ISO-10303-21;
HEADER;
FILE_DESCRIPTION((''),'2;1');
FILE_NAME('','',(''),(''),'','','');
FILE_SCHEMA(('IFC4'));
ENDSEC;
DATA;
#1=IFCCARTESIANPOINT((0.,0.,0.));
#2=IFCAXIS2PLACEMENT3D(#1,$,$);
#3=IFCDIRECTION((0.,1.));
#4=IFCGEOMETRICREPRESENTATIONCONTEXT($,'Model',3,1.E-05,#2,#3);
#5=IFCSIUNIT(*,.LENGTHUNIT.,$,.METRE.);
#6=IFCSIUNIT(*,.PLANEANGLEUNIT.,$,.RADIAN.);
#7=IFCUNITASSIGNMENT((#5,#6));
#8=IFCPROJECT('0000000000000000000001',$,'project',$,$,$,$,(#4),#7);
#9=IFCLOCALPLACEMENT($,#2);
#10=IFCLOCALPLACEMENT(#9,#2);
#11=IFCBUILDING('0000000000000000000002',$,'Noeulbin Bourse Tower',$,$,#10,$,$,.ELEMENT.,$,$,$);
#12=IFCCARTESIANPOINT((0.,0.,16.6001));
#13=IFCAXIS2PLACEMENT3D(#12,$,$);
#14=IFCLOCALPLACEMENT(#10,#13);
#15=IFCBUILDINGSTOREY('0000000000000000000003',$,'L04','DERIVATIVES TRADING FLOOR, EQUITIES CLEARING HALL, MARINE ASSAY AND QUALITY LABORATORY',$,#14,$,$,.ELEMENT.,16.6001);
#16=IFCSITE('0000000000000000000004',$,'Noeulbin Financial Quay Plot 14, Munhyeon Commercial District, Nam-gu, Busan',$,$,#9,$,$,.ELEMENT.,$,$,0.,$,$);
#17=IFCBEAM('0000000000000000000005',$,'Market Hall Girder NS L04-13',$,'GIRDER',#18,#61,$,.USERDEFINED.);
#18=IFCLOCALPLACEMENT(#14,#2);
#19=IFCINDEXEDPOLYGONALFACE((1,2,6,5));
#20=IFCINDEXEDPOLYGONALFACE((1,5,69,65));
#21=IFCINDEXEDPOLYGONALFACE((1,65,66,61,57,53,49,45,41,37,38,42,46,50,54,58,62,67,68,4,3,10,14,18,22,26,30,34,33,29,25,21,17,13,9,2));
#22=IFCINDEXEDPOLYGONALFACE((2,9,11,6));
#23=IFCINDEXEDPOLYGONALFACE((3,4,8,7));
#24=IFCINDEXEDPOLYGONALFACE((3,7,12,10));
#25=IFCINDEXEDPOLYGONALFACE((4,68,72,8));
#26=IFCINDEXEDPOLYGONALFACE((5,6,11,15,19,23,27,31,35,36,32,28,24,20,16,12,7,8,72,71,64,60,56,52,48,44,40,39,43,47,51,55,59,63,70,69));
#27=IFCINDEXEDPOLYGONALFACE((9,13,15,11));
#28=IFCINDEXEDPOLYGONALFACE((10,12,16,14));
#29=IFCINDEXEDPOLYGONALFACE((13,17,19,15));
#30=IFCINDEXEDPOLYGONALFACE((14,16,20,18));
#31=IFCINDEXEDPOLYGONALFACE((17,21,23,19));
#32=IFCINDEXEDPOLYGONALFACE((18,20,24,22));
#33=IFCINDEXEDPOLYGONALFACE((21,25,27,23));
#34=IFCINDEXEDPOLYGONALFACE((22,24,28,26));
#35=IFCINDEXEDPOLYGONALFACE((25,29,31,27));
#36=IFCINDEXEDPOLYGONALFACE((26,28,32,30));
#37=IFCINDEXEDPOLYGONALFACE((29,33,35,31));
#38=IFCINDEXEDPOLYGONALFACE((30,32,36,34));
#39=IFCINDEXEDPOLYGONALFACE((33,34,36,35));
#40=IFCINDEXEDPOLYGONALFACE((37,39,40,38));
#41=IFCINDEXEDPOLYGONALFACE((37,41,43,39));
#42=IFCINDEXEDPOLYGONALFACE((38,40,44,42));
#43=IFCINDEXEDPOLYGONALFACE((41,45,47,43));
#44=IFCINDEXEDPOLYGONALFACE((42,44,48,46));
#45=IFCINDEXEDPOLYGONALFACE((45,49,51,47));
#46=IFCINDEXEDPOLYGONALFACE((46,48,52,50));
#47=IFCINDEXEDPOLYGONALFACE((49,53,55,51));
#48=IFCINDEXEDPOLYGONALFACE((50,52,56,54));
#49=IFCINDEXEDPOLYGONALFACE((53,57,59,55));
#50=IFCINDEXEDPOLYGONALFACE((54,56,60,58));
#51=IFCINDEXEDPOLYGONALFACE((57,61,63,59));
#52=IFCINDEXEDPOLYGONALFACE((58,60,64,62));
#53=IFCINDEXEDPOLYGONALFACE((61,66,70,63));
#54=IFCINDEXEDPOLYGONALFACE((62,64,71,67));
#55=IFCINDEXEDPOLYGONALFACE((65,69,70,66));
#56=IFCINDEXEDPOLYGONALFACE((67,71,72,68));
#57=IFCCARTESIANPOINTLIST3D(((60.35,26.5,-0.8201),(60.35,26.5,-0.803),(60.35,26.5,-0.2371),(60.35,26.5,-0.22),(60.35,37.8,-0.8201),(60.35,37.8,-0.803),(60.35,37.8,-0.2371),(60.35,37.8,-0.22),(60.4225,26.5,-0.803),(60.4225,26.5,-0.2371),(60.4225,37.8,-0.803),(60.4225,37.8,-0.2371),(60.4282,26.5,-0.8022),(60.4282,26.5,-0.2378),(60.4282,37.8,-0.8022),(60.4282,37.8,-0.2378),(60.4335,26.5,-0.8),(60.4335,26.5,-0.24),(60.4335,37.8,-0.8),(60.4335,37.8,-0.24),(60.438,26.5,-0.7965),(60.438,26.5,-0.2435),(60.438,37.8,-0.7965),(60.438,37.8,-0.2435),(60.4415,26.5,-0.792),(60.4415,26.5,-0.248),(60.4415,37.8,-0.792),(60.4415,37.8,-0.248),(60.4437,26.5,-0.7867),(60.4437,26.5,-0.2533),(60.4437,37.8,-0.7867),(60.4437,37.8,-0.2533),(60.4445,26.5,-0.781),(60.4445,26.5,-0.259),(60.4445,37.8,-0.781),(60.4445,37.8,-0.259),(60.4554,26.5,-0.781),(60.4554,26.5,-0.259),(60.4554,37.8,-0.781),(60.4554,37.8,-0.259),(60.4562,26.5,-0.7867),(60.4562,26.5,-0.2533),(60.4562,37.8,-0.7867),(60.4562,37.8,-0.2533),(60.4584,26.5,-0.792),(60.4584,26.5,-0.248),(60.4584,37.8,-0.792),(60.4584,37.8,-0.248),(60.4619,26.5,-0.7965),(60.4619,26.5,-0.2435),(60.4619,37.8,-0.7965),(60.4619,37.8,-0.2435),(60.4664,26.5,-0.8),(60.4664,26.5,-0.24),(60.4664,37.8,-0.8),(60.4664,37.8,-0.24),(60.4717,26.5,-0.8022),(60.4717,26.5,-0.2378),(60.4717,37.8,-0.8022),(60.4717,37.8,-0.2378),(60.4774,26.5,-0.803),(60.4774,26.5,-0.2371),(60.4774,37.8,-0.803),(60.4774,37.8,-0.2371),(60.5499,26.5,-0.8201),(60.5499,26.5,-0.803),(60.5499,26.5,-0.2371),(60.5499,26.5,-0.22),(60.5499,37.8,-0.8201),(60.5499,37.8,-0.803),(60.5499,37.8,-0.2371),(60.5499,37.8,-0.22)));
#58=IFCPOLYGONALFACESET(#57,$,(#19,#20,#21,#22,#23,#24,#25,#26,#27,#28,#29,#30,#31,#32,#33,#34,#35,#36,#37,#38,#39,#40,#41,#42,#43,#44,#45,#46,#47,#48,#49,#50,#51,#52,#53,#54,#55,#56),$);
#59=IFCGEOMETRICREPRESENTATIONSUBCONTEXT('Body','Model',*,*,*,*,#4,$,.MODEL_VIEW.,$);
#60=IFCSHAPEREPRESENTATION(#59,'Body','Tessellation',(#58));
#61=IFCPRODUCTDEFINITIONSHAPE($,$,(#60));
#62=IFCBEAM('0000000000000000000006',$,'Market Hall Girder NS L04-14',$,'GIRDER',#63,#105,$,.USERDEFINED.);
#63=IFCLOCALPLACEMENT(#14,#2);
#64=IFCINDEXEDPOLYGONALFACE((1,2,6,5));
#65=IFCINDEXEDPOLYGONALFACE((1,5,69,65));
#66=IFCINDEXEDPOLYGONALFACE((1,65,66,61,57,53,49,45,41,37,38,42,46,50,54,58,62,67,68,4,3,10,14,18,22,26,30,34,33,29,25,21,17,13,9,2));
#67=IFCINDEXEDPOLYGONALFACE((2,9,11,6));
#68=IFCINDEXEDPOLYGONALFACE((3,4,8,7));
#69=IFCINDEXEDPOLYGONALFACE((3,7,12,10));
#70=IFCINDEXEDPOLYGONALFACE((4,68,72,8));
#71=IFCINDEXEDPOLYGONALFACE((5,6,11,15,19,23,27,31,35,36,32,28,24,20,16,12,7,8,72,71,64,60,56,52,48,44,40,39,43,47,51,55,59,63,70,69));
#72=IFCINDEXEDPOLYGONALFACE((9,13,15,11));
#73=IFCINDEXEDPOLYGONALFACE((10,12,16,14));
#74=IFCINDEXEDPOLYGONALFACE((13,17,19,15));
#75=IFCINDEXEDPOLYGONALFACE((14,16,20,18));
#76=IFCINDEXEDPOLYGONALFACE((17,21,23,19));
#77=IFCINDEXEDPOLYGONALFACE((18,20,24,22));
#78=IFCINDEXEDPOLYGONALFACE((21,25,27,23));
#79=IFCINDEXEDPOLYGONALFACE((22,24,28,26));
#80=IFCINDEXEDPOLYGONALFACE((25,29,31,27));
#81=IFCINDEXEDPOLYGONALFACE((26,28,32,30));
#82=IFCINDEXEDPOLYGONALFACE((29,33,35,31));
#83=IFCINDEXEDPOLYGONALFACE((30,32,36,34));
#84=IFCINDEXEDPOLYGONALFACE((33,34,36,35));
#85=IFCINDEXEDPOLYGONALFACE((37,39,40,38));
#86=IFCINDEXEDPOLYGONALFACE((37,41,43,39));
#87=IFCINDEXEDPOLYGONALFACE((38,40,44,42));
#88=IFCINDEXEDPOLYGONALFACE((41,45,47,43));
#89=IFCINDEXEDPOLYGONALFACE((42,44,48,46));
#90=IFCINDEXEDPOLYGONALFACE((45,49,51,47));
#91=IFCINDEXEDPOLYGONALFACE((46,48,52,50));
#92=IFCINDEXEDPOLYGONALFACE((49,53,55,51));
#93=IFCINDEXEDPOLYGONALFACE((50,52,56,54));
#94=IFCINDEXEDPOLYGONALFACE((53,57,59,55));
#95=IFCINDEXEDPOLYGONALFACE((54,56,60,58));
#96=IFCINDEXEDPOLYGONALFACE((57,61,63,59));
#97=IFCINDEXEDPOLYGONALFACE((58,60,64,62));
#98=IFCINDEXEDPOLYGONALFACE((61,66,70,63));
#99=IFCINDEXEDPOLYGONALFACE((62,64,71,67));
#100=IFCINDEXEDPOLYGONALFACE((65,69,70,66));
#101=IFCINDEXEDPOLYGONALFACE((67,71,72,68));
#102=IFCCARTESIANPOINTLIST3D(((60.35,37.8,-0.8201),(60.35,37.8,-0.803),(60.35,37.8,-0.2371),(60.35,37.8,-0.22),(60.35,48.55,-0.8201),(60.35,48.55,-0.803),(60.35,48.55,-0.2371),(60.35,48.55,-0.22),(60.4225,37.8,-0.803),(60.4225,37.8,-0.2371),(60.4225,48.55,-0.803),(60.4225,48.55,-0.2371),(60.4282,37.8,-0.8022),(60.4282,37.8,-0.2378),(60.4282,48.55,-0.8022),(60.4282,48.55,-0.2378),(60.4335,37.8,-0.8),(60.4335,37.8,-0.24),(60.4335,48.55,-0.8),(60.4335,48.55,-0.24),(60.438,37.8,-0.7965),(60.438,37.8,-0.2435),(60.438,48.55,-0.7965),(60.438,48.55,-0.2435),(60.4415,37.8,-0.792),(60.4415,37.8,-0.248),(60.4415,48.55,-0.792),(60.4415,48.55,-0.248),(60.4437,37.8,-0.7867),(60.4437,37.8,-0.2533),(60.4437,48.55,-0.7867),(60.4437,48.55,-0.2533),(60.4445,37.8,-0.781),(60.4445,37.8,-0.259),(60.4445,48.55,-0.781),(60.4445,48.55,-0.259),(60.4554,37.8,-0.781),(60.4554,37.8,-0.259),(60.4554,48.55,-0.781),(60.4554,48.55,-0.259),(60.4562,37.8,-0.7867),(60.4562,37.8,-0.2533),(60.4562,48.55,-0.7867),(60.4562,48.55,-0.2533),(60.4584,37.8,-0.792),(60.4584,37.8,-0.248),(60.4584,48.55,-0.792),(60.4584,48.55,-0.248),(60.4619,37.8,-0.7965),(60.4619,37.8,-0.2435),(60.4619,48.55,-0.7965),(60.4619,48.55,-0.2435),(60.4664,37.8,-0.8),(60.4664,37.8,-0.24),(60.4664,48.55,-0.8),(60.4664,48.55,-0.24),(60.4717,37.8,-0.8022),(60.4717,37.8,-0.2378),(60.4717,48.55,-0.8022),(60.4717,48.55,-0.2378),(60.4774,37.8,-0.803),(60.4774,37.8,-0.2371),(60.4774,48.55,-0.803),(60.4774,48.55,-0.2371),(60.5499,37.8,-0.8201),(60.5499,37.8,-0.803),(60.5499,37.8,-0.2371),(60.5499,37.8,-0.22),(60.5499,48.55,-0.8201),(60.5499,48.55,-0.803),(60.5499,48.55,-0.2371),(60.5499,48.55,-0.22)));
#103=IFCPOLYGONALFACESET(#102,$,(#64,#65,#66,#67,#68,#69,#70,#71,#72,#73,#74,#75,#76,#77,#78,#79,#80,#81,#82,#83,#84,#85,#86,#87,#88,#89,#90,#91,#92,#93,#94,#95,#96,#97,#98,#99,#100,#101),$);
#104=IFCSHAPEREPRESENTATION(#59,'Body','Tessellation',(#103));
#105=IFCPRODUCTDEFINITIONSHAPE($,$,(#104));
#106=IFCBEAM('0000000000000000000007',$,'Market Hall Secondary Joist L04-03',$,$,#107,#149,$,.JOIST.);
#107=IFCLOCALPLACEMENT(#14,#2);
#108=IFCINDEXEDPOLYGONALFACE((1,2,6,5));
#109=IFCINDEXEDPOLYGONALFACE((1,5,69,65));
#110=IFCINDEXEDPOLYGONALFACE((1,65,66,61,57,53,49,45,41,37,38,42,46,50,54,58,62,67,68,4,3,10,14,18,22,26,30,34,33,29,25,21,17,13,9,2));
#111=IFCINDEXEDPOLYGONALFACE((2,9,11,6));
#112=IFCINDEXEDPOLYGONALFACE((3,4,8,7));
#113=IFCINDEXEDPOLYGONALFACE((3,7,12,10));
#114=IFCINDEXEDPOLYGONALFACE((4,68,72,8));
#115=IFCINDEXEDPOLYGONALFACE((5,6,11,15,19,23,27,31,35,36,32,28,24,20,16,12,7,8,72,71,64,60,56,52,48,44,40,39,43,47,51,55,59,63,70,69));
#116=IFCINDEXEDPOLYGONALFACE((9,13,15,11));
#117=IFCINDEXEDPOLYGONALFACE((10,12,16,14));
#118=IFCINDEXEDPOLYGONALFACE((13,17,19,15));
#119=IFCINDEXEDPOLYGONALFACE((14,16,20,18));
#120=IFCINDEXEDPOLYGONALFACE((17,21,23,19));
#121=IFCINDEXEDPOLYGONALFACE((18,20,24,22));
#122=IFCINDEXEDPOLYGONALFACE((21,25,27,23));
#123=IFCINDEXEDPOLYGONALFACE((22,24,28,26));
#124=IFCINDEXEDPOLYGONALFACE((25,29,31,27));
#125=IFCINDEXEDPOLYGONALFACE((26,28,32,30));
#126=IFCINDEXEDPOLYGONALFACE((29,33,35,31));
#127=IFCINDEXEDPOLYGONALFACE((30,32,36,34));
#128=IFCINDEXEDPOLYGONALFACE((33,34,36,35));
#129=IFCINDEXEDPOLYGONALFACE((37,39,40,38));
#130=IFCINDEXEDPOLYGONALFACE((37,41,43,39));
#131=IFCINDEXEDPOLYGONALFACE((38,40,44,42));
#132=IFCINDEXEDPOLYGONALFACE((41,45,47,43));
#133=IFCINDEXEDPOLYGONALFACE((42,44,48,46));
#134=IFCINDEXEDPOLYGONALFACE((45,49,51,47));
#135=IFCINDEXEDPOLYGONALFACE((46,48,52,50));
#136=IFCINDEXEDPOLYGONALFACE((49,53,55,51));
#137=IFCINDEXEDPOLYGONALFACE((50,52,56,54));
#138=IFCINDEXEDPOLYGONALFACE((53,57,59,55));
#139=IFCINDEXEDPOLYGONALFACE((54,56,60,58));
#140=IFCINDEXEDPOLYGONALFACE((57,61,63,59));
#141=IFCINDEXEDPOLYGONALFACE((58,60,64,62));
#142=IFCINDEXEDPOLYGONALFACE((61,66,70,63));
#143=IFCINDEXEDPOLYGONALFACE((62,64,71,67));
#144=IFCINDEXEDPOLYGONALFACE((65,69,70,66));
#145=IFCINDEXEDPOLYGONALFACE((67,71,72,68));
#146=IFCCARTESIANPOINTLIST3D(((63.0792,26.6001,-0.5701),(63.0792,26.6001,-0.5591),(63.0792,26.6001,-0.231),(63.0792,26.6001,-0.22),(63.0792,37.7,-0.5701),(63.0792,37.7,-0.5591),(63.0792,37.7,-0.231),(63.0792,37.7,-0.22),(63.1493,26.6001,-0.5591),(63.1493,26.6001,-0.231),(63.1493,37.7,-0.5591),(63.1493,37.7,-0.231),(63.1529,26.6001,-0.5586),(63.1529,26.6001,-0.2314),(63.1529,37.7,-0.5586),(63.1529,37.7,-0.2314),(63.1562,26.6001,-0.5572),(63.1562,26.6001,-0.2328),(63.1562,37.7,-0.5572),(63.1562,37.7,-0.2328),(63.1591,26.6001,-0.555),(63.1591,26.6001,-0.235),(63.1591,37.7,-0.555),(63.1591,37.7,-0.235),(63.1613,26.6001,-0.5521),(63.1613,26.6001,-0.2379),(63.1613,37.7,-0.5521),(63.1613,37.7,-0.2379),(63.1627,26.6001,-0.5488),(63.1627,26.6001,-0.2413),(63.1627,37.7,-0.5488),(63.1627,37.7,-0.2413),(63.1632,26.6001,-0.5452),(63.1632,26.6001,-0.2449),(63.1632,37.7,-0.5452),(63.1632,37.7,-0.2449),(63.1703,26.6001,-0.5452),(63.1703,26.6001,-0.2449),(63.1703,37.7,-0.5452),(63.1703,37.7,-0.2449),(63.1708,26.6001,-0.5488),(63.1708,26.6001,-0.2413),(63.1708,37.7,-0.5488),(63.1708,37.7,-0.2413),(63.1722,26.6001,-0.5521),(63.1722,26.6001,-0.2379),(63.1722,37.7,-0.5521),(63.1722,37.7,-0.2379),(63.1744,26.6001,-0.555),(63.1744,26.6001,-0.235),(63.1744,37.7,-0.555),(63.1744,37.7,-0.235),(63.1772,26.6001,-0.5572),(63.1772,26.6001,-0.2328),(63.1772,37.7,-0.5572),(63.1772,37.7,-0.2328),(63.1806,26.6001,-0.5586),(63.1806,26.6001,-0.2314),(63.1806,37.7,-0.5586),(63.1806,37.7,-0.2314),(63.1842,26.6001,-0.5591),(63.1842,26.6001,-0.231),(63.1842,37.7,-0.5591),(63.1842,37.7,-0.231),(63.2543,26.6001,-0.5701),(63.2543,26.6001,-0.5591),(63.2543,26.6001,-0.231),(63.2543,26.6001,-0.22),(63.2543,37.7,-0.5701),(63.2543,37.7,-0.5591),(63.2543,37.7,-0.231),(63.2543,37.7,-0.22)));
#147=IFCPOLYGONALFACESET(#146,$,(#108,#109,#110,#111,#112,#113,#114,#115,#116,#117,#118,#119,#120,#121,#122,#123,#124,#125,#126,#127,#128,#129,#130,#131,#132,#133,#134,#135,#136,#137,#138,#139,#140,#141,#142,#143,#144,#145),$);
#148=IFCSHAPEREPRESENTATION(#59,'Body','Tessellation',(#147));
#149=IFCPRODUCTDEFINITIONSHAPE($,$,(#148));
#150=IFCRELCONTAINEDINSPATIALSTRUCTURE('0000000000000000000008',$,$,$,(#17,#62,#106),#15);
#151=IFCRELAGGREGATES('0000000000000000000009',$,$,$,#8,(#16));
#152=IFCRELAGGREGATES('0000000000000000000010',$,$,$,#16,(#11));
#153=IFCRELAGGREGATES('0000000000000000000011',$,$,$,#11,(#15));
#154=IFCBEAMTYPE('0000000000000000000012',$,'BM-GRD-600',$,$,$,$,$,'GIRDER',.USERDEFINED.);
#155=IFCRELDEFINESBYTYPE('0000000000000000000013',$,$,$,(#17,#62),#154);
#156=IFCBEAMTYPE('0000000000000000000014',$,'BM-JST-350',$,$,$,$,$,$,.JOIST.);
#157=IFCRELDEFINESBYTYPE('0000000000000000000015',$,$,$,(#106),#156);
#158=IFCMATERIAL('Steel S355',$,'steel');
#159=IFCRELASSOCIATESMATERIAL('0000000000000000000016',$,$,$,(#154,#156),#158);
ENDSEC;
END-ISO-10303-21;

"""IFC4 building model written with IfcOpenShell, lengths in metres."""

from ifc_helpers import new_model, si_unit, direction, frame, origin, origin_2d, place, context, subcontext, project, spatial, i_section, extrude, material, material_profile, profile_set, type_object, element, save


model = new_model("IFC4")

# Units and contexts
model_context = context("Model", 3, precision=1e-05, world=origin(), true_north=direction((0.0, 1.0)))
body_context = subcontext(model_context, "Body", "Model", "MODEL_VIEW")
ifc_project = project(units=[si_unit("LENGTHUNIT", "METRE"), si_unit("PLANEANGLEUNIT", "RADIAN")], contexts=[model_context])

# Site, building, storey
site_placement = place(None, origin())
site = spatial("IfcSite", under=ifc_project, at=site_placement, Name="Noeulbin Financial Quay Plot 14, Munhyeon Commercial District, Nam-gu, Busan", CompositionType="ELEMENT", RefElevation=0.0)
building_placement = place(site_placement, origin())
building = spatial("IfcBuilding", under=site, at=building_placement, Name="Noeulbin Bourse Tower", CompositionType="ELEMENT")
storey_placement = place(building_placement, frame((0.0, 0.0, 16.6001)))
storey = spatial("IfcBuildingStorey", under=building, at=storey_placement, Name="L04", Description="DERIVATIVES TRADING FLOOR, EQUITIES CLEARING HALL, MARINE ASSAY AND QUALITY LABORATORY", CompositionType="ELEMENT", Elevation=16.6001)

# Shared definitions
ifc_material_1 = material(Name="Steel S355", Category="steel")

# Beams
ifc_material_profile_1 = material_profile(ifc_material_1, i_section(OverallWidth=0.2, OverallDepth=0.6001, WebThickness=0.011, FlangeThickness=0.0171, FilletRadius=0.022, at=origin_2d()), Name="H-600x200x11x17", Category="LoadBearing")
ifc_profile_set_1 = profile_set([ifc_material_profile_1], Name="Steel S355")
beam_type_1 = type_object("IfcBeamType", Name="BM-GRD-600", ElementType="GIRDER", PredefinedType="USERDEFINED", material=ifc_profile_set_1)
beam_1_placement = place(storey_placement, frame((60.45, 26.5, -0.52), z_axis=(0.0, 1.0, 0.0), x_axis=(-1.0, 0.0, 0.0)))
element("IfcBeam", 1, at=beam_1_placement, inside=storey, type_object=beam_type_1, Name="Market Hall Girder NS L04-13", ObjectType="GIRDER", PredefinedType="USERDEFINED", context=body_context, shape_type="SweptSolid", body=[
    extrude(i_section(OverallWidth=0.2, OverallDepth=0.6001, WebThickness=0.011, FlangeThickness=0.0171, FilletRadius=0.022, at=origin_2d()), origin(), (0.0, 0.0, 1.0), 11.3),
])
beam_2_placement = place(storey_placement, frame((60.45, 37.8, -0.52), z_axis=(0.0, 1.0, 0.0), x_axis=(-1.0, 0.0, 0.0)))
element("IfcBeam", 2, at=beam_2_placement, inside=storey, type_object=beam_type_1, Name="Market Hall Girder NS L04-14", ObjectType="GIRDER", PredefinedType="USERDEFINED", context=body_context, shape_type="SweptSolid", body=[
    extrude(i_section(OverallWidth=0.2, OverallDepth=0.6001, WebThickness=0.011, FlangeThickness=0.0171, FilletRadius=0.022, at=origin_2d()), origin(), (0.0, 0.0, 1.0), 10.75),
])
ifc_material_profile_2 = material_profile(ifc_material_1, i_section(OverallWidth=0.175, OverallDepth=0.3501, WebThickness=0.0071, FlangeThickness=0.011, FilletRadius=0.0139, at=origin_2d()), Name="H-350x175x7x11", Category="LoadBearing")
ifc_profile_set_2 = profile_set([ifc_material_profile_2], Name="Steel S355")
beam_type_2 = type_object("IfcBeamType", Name="BM-JST-350", PredefinedType="JOIST", material=ifc_profile_set_2)
beam_3_placement = place(storey_placement, frame((63.1667, 26.6001, -0.395), z_axis=(0.0, 1.0, 0.0), x_axis=(-1.0, 0.0, 0.0)))
element("IfcBeam", 3, at=beam_3_placement, inside=storey, type_object=beam_type_2, Name="Market Hall Secondary Joist L04-03", PredefinedType="JOIST", context=body_context, shape_type="SweptSolid", body=[
    extrude(i_section(OverallWidth=0.175, OverallDepth=0.3501, WebThickness=0.0071, FlangeThickness=0.011, FilletRadius=0.0139, at=origin_2d()), origin(), (0.0, 0.0, 1.0), 11.0999),
])

save(model, "model.ifc")
